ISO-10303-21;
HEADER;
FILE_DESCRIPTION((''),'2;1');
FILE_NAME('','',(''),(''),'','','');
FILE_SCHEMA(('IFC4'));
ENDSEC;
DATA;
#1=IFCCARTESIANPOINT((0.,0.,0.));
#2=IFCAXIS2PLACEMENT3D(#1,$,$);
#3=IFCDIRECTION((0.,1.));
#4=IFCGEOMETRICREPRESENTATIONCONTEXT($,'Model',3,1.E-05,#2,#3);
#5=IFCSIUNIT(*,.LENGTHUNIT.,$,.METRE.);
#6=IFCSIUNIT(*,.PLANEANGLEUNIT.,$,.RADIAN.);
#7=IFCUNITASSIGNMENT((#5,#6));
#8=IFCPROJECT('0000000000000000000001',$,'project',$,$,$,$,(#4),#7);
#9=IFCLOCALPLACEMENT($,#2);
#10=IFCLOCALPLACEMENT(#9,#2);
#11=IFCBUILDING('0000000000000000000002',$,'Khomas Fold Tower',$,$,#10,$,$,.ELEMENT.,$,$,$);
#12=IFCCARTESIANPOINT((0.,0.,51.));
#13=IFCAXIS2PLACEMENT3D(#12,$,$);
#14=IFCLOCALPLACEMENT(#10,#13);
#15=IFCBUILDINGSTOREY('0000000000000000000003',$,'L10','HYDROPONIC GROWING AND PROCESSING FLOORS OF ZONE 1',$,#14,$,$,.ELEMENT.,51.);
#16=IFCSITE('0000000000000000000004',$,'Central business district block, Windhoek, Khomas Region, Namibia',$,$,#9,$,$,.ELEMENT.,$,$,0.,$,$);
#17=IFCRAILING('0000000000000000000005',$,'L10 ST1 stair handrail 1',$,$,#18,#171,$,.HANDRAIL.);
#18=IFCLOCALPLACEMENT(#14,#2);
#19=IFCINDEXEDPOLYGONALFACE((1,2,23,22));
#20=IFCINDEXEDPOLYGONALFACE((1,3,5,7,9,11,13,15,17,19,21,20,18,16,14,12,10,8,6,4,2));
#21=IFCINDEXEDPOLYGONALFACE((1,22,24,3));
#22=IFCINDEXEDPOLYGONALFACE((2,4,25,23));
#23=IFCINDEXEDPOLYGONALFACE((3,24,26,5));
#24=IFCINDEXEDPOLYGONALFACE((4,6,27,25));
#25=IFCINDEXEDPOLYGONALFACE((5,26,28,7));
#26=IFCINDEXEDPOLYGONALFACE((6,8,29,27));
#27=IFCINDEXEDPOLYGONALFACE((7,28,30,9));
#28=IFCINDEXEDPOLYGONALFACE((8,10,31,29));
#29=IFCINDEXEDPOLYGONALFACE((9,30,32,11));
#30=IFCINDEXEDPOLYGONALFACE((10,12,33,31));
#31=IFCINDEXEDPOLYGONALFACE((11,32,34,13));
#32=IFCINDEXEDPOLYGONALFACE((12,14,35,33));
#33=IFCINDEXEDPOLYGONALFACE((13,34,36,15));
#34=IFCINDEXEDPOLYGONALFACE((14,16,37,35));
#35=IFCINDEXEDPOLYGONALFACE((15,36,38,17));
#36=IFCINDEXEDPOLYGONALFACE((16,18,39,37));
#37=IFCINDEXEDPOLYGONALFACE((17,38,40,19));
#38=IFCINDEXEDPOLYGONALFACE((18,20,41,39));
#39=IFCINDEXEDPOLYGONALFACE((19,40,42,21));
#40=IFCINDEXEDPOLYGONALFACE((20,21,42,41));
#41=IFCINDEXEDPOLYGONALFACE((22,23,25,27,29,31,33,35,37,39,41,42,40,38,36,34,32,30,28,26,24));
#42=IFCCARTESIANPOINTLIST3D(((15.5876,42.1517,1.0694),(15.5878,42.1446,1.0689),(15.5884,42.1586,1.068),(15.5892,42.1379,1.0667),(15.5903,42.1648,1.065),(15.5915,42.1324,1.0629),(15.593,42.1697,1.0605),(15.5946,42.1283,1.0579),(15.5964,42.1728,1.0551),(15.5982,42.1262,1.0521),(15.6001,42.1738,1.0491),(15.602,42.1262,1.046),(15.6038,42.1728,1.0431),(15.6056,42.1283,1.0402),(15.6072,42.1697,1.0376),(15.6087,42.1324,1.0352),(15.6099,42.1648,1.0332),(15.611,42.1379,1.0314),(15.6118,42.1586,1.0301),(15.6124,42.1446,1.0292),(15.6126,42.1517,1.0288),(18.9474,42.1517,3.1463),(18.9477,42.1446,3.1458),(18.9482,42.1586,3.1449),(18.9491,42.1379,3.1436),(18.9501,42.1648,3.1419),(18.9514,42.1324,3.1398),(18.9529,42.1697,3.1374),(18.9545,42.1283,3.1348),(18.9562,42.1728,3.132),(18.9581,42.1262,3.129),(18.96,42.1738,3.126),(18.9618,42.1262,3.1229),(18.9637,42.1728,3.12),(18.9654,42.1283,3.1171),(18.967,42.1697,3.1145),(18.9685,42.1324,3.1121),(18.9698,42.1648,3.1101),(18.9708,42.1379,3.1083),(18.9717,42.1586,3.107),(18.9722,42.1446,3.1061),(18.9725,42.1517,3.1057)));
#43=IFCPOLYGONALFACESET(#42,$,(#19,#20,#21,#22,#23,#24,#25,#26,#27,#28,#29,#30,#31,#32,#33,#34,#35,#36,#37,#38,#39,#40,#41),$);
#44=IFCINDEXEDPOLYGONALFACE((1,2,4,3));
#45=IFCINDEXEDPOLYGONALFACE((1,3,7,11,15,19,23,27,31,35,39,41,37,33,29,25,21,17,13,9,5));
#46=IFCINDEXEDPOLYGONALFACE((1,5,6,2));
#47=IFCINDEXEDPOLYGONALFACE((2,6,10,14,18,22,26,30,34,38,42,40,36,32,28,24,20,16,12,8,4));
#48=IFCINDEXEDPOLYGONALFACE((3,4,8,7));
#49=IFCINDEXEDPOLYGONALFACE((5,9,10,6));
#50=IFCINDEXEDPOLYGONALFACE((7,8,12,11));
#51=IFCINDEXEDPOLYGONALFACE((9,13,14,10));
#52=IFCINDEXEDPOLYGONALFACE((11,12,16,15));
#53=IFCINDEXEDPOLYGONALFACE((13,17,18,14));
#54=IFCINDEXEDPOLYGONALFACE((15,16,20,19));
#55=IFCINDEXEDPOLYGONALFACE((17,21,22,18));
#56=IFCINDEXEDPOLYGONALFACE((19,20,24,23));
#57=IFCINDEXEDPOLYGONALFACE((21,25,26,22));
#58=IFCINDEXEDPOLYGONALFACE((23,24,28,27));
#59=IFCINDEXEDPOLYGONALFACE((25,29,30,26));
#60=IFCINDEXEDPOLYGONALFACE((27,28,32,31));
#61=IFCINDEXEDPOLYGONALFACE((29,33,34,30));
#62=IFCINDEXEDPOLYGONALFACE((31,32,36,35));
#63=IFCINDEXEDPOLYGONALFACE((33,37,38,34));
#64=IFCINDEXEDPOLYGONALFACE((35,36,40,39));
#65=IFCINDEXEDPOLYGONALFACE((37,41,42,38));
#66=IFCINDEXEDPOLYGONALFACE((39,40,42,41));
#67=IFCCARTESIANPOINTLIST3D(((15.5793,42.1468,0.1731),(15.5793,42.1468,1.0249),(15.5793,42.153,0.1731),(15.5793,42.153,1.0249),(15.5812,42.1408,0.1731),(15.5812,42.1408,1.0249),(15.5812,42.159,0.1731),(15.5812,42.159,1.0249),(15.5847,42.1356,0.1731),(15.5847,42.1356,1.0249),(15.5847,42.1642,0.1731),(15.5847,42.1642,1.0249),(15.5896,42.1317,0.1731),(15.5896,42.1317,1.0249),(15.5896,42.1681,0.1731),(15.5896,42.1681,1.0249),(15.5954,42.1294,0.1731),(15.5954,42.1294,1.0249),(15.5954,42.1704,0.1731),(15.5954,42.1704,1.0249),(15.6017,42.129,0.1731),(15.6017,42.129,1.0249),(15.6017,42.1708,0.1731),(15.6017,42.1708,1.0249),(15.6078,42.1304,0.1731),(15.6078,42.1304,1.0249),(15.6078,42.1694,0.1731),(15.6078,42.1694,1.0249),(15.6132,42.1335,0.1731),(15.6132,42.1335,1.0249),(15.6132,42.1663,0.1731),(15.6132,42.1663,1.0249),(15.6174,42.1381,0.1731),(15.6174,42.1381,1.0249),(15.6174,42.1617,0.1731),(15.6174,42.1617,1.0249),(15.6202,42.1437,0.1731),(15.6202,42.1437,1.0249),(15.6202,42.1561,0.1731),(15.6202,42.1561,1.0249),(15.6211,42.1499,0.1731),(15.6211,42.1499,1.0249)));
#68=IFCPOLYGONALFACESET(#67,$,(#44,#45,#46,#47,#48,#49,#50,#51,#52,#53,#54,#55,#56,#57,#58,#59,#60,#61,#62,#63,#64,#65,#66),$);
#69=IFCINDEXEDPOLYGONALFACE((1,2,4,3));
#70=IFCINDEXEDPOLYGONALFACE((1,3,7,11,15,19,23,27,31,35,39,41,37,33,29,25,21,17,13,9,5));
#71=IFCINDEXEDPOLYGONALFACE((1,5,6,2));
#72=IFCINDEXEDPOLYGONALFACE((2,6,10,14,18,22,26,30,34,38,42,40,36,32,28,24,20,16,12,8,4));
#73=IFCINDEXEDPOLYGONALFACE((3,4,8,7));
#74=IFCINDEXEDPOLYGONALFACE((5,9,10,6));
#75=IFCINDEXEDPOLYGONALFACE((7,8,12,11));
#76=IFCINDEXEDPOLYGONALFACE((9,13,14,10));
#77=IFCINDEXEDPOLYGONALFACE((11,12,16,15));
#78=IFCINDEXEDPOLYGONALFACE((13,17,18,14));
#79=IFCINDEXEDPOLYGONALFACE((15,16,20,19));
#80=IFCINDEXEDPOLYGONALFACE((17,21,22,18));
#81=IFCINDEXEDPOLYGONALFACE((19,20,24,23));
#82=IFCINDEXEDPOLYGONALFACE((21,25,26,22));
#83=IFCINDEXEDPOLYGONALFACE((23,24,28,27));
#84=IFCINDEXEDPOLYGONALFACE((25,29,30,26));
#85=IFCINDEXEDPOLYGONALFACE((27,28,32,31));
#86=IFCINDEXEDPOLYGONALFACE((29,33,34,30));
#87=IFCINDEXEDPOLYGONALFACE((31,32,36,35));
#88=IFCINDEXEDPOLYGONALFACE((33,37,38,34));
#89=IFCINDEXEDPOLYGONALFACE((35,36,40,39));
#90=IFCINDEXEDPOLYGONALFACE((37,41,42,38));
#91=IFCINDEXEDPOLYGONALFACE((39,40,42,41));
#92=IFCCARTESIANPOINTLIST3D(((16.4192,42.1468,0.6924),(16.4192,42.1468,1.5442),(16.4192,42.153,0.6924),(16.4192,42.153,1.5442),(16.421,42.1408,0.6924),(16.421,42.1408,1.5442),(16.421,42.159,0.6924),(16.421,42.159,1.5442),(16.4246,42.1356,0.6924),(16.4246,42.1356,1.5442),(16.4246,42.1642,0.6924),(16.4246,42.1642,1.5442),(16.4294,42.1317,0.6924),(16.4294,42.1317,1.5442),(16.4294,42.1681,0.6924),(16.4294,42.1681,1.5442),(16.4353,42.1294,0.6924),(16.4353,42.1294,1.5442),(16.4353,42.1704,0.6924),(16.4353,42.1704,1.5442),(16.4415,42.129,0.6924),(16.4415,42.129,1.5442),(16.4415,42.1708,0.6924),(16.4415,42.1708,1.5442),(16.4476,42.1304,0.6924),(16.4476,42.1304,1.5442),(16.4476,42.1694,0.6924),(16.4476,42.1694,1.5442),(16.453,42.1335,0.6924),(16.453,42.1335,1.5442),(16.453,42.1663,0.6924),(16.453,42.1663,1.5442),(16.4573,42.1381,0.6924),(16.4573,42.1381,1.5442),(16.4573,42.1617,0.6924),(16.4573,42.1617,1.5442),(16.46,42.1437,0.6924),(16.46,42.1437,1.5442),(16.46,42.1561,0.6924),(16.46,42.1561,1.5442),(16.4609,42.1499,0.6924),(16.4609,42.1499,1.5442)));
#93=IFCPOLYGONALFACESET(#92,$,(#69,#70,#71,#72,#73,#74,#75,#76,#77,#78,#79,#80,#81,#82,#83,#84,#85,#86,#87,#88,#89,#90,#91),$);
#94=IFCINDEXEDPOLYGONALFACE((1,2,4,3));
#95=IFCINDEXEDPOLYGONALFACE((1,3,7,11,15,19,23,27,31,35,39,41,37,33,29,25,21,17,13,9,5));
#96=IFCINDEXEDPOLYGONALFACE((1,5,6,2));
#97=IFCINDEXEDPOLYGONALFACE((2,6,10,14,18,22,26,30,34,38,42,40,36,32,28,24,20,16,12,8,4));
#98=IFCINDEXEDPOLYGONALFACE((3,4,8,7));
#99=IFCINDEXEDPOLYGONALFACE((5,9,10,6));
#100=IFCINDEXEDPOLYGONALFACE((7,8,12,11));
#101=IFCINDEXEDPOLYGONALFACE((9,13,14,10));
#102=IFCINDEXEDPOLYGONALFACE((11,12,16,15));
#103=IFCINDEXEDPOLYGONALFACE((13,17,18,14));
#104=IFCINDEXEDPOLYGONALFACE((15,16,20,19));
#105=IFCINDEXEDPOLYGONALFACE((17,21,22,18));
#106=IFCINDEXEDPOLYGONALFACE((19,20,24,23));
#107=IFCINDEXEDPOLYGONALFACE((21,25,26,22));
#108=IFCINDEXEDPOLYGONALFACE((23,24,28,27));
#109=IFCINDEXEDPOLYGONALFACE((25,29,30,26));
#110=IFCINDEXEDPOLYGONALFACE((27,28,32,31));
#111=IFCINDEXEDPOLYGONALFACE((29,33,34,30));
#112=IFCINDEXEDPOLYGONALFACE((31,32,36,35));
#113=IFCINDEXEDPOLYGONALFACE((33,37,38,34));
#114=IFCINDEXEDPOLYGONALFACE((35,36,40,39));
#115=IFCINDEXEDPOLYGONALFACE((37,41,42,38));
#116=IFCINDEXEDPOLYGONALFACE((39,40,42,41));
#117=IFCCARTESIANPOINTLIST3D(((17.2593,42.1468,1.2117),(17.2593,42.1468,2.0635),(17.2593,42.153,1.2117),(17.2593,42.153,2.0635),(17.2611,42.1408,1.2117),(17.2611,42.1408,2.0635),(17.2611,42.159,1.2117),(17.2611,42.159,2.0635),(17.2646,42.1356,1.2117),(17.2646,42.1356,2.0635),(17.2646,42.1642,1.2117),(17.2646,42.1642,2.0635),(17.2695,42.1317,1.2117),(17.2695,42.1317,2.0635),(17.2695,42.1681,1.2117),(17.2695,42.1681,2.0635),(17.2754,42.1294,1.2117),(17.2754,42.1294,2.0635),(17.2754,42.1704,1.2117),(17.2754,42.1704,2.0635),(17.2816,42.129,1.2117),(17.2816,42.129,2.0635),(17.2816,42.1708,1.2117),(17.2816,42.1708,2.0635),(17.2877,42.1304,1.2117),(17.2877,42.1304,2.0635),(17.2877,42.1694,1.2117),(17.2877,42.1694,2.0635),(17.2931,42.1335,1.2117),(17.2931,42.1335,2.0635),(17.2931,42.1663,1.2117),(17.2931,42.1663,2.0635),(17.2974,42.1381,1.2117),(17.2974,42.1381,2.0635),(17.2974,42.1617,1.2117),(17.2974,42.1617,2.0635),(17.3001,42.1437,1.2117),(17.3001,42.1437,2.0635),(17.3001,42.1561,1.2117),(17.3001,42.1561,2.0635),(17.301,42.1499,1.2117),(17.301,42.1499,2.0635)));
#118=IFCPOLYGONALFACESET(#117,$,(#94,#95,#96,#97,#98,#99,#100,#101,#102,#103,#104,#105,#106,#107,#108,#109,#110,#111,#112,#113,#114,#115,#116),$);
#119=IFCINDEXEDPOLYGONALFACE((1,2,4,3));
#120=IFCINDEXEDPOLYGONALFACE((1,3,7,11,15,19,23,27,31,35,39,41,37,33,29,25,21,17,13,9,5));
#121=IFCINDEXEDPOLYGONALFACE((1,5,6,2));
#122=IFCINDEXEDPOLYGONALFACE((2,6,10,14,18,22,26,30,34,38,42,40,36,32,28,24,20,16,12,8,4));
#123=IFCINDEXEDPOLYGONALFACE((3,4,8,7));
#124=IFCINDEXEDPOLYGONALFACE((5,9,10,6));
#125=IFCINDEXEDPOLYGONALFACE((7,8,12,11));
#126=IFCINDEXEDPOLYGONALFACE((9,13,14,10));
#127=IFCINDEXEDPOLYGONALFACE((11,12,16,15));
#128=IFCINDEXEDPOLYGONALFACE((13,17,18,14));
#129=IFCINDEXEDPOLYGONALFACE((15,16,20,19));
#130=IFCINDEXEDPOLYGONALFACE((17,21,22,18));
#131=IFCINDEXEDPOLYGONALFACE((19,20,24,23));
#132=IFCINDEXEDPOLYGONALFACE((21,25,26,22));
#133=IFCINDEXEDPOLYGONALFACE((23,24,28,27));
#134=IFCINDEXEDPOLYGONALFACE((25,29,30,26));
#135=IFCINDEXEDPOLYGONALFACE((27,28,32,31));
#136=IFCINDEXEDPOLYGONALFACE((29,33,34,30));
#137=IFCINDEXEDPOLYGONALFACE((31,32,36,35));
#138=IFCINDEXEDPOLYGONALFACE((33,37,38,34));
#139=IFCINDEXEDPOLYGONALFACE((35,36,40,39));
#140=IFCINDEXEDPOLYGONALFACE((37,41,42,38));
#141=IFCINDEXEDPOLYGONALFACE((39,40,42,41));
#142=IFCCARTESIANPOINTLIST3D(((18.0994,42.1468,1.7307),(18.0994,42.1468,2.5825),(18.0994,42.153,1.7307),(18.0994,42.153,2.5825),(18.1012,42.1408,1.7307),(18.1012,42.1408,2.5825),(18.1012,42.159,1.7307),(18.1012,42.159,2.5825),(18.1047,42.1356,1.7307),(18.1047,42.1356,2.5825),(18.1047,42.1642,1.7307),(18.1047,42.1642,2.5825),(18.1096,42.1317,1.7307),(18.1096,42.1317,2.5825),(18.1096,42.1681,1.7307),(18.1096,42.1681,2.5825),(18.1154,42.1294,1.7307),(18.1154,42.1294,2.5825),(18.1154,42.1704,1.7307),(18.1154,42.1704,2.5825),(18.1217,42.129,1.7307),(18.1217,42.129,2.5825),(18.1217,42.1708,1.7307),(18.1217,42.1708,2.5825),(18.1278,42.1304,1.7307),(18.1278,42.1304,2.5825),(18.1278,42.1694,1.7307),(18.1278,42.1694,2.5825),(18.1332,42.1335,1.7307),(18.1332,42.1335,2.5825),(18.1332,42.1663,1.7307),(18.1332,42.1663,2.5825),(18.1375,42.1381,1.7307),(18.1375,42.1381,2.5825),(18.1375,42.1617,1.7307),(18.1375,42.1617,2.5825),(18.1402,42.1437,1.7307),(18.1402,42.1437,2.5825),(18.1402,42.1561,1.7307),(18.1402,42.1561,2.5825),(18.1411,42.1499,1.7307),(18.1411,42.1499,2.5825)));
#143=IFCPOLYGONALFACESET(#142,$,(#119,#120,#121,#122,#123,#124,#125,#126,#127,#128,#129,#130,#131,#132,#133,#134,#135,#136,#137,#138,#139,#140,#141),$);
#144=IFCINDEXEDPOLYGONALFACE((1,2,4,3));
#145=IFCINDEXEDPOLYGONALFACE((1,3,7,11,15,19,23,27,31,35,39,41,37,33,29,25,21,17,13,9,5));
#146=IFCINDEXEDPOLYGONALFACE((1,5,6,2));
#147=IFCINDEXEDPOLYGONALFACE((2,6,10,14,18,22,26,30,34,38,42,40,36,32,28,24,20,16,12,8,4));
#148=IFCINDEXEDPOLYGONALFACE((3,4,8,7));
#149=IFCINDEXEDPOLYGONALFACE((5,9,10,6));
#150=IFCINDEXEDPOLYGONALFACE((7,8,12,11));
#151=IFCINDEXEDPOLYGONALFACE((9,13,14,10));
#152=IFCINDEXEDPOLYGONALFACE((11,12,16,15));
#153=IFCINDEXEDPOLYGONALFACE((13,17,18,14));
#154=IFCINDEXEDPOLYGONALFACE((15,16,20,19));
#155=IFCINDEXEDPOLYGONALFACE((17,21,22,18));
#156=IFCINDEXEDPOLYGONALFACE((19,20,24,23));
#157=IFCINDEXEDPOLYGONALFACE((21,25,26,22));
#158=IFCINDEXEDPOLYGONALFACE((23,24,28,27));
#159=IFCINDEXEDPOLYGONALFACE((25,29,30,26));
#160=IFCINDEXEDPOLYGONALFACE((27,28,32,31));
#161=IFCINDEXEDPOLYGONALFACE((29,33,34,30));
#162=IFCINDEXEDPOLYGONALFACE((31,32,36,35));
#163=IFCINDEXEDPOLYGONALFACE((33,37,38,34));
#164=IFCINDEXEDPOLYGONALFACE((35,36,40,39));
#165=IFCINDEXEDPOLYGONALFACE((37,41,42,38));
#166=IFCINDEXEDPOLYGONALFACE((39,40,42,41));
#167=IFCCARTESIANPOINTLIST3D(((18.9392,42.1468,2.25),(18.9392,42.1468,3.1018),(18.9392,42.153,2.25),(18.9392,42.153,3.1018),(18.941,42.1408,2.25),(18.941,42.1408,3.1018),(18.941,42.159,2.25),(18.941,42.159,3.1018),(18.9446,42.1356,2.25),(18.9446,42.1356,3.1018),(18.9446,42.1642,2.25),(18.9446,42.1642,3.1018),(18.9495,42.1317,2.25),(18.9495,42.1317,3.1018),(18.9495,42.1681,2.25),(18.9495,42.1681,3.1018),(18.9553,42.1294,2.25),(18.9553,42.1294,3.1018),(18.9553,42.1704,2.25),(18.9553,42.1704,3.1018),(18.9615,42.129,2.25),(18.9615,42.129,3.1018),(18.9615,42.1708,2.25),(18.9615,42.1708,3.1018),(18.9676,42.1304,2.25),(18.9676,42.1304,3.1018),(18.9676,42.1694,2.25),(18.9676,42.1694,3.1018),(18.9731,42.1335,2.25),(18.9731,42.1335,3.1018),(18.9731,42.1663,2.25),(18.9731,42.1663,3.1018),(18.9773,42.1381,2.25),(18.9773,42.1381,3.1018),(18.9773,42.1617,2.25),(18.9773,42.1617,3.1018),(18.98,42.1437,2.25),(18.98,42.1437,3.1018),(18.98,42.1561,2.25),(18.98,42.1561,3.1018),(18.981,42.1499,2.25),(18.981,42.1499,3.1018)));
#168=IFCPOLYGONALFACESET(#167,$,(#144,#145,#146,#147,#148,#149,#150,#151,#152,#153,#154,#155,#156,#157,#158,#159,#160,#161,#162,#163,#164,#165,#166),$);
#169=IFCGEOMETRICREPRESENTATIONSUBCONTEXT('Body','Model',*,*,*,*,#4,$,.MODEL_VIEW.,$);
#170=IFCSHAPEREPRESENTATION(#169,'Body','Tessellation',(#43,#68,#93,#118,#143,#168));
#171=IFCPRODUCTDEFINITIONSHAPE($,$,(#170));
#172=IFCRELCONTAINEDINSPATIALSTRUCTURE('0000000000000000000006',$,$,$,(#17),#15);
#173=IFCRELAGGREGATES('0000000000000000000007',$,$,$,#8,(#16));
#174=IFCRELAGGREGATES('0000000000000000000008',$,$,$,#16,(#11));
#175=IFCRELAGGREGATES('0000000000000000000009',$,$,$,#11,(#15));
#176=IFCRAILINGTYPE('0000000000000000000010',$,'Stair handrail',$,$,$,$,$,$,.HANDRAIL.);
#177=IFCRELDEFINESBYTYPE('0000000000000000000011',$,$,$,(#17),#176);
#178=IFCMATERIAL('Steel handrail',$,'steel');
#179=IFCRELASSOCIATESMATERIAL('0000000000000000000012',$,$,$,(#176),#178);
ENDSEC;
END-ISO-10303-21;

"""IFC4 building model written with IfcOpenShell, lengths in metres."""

from ifc_helpers import new_model, si_unit, direction, frame, origin, origin_2d, place, context, subcontext, project, spatial, circle, extrude, source, transform, mapped, material, type_object, element, save


model = new_model("IFC4")

# Units and contexts
model_context = context("Model", 3, precision=1e-05, world=origin(), true_north=direction((0.0, 1.0)))
body_context = subcontext(model_context, "Body", "Model", "MODEL_VIEW")
ifc_project = project(units=[si_unit("LENGTHUNIT", "METRE"), si_unit("PLANEANGLEUNIT", "RADIAN")], contexts=[model_context])

# Site, building, storey
site_placement = place(None, origin())
site = spatial("IfcSite", under=ifc_project, at=site_placement, Name="Central business district block, Windhoek, Khomas Region, Namibia", CompositionType="ELEMENT", RefElevation=0.0)
building_placement = place(site_placement, origin())
building = spatial("IfcBuilding", under=site, at=building_placement, Name="Khomas Fold Tower", CompositionType="ELEMENT")
storey_placement = place(building_placement, frame((0.0, 0.0, 51.0)))
storey = spatial("IfcBuildingStorey", under=building, at=storey_placement, Name="L10", Description="HYDROPONIC GROWING AND PROCESSING FLOORS OF ZONE 1", CompositionType="ELEMENT", Elevation=51.0)

# Railing
ifc_material_1 = material(Name="Steel handrail", Category="steel")
railing_type = type_object("IfcRailingType", Name="Stair handrail", PredefinedType="HANDRAIL", material=ifc_material_1)
shared_shape_1 = source(origin(), body_context, "Body", "SweptSolid", [
    extrude(circle(Radius=0.0239, at=origin_2d()), frame((0.0, 0.0, 0.876), z_axis=(0.850606, 0.0, 0.525803), x_axis=(0.0, 1.0, 0.0)), (0.0, 0.0, 1.0), 3.95),
    extrude(circle(Radius=0.021, at=origin_2d()), origin(), (0.0, 0.0, 1.0), 0.8518),
    extrude(circle(Radius=0.021, at=origin_2d()), frame((0.8398, 0.0, 0.5193)), (0.0, 0.0, 1.0), 0.8518),
    extrude(circle(Radius=0.021, at=origin_2d()), frame((1.6799, 0.0, 1.0386)), (0.0, 0.0, 1.0), 0.8518),
    extrude(circle(Radius=0.021, at=origin_2d()), frame((2.52, 0.0, 1.5576)), (0.0, 0.0, 1.0), 0.8518),
    extrude(circle(Radius=0.021, at=origin_2d()), frame((3.3599, 0.0, 2.0769)), (0.0, 0.0, 1.0), 0.8518),
])
railing_placement = place(storey_placement, frame((15.6001, 42.1499, 0.1731)))
element("IfcRailing", 1, at=railing_placement, inside=storey, type_object=railing_type, Name="L10 ST1 stair handrail 1", PredefinedType="HANDRAIL", context=body_context, shape_type="MappedRepresentation", body=[
    mapped(shared_shape_1, transform((0.0, 0.0, 0.0))),
])

save(model, "model.ifc")
